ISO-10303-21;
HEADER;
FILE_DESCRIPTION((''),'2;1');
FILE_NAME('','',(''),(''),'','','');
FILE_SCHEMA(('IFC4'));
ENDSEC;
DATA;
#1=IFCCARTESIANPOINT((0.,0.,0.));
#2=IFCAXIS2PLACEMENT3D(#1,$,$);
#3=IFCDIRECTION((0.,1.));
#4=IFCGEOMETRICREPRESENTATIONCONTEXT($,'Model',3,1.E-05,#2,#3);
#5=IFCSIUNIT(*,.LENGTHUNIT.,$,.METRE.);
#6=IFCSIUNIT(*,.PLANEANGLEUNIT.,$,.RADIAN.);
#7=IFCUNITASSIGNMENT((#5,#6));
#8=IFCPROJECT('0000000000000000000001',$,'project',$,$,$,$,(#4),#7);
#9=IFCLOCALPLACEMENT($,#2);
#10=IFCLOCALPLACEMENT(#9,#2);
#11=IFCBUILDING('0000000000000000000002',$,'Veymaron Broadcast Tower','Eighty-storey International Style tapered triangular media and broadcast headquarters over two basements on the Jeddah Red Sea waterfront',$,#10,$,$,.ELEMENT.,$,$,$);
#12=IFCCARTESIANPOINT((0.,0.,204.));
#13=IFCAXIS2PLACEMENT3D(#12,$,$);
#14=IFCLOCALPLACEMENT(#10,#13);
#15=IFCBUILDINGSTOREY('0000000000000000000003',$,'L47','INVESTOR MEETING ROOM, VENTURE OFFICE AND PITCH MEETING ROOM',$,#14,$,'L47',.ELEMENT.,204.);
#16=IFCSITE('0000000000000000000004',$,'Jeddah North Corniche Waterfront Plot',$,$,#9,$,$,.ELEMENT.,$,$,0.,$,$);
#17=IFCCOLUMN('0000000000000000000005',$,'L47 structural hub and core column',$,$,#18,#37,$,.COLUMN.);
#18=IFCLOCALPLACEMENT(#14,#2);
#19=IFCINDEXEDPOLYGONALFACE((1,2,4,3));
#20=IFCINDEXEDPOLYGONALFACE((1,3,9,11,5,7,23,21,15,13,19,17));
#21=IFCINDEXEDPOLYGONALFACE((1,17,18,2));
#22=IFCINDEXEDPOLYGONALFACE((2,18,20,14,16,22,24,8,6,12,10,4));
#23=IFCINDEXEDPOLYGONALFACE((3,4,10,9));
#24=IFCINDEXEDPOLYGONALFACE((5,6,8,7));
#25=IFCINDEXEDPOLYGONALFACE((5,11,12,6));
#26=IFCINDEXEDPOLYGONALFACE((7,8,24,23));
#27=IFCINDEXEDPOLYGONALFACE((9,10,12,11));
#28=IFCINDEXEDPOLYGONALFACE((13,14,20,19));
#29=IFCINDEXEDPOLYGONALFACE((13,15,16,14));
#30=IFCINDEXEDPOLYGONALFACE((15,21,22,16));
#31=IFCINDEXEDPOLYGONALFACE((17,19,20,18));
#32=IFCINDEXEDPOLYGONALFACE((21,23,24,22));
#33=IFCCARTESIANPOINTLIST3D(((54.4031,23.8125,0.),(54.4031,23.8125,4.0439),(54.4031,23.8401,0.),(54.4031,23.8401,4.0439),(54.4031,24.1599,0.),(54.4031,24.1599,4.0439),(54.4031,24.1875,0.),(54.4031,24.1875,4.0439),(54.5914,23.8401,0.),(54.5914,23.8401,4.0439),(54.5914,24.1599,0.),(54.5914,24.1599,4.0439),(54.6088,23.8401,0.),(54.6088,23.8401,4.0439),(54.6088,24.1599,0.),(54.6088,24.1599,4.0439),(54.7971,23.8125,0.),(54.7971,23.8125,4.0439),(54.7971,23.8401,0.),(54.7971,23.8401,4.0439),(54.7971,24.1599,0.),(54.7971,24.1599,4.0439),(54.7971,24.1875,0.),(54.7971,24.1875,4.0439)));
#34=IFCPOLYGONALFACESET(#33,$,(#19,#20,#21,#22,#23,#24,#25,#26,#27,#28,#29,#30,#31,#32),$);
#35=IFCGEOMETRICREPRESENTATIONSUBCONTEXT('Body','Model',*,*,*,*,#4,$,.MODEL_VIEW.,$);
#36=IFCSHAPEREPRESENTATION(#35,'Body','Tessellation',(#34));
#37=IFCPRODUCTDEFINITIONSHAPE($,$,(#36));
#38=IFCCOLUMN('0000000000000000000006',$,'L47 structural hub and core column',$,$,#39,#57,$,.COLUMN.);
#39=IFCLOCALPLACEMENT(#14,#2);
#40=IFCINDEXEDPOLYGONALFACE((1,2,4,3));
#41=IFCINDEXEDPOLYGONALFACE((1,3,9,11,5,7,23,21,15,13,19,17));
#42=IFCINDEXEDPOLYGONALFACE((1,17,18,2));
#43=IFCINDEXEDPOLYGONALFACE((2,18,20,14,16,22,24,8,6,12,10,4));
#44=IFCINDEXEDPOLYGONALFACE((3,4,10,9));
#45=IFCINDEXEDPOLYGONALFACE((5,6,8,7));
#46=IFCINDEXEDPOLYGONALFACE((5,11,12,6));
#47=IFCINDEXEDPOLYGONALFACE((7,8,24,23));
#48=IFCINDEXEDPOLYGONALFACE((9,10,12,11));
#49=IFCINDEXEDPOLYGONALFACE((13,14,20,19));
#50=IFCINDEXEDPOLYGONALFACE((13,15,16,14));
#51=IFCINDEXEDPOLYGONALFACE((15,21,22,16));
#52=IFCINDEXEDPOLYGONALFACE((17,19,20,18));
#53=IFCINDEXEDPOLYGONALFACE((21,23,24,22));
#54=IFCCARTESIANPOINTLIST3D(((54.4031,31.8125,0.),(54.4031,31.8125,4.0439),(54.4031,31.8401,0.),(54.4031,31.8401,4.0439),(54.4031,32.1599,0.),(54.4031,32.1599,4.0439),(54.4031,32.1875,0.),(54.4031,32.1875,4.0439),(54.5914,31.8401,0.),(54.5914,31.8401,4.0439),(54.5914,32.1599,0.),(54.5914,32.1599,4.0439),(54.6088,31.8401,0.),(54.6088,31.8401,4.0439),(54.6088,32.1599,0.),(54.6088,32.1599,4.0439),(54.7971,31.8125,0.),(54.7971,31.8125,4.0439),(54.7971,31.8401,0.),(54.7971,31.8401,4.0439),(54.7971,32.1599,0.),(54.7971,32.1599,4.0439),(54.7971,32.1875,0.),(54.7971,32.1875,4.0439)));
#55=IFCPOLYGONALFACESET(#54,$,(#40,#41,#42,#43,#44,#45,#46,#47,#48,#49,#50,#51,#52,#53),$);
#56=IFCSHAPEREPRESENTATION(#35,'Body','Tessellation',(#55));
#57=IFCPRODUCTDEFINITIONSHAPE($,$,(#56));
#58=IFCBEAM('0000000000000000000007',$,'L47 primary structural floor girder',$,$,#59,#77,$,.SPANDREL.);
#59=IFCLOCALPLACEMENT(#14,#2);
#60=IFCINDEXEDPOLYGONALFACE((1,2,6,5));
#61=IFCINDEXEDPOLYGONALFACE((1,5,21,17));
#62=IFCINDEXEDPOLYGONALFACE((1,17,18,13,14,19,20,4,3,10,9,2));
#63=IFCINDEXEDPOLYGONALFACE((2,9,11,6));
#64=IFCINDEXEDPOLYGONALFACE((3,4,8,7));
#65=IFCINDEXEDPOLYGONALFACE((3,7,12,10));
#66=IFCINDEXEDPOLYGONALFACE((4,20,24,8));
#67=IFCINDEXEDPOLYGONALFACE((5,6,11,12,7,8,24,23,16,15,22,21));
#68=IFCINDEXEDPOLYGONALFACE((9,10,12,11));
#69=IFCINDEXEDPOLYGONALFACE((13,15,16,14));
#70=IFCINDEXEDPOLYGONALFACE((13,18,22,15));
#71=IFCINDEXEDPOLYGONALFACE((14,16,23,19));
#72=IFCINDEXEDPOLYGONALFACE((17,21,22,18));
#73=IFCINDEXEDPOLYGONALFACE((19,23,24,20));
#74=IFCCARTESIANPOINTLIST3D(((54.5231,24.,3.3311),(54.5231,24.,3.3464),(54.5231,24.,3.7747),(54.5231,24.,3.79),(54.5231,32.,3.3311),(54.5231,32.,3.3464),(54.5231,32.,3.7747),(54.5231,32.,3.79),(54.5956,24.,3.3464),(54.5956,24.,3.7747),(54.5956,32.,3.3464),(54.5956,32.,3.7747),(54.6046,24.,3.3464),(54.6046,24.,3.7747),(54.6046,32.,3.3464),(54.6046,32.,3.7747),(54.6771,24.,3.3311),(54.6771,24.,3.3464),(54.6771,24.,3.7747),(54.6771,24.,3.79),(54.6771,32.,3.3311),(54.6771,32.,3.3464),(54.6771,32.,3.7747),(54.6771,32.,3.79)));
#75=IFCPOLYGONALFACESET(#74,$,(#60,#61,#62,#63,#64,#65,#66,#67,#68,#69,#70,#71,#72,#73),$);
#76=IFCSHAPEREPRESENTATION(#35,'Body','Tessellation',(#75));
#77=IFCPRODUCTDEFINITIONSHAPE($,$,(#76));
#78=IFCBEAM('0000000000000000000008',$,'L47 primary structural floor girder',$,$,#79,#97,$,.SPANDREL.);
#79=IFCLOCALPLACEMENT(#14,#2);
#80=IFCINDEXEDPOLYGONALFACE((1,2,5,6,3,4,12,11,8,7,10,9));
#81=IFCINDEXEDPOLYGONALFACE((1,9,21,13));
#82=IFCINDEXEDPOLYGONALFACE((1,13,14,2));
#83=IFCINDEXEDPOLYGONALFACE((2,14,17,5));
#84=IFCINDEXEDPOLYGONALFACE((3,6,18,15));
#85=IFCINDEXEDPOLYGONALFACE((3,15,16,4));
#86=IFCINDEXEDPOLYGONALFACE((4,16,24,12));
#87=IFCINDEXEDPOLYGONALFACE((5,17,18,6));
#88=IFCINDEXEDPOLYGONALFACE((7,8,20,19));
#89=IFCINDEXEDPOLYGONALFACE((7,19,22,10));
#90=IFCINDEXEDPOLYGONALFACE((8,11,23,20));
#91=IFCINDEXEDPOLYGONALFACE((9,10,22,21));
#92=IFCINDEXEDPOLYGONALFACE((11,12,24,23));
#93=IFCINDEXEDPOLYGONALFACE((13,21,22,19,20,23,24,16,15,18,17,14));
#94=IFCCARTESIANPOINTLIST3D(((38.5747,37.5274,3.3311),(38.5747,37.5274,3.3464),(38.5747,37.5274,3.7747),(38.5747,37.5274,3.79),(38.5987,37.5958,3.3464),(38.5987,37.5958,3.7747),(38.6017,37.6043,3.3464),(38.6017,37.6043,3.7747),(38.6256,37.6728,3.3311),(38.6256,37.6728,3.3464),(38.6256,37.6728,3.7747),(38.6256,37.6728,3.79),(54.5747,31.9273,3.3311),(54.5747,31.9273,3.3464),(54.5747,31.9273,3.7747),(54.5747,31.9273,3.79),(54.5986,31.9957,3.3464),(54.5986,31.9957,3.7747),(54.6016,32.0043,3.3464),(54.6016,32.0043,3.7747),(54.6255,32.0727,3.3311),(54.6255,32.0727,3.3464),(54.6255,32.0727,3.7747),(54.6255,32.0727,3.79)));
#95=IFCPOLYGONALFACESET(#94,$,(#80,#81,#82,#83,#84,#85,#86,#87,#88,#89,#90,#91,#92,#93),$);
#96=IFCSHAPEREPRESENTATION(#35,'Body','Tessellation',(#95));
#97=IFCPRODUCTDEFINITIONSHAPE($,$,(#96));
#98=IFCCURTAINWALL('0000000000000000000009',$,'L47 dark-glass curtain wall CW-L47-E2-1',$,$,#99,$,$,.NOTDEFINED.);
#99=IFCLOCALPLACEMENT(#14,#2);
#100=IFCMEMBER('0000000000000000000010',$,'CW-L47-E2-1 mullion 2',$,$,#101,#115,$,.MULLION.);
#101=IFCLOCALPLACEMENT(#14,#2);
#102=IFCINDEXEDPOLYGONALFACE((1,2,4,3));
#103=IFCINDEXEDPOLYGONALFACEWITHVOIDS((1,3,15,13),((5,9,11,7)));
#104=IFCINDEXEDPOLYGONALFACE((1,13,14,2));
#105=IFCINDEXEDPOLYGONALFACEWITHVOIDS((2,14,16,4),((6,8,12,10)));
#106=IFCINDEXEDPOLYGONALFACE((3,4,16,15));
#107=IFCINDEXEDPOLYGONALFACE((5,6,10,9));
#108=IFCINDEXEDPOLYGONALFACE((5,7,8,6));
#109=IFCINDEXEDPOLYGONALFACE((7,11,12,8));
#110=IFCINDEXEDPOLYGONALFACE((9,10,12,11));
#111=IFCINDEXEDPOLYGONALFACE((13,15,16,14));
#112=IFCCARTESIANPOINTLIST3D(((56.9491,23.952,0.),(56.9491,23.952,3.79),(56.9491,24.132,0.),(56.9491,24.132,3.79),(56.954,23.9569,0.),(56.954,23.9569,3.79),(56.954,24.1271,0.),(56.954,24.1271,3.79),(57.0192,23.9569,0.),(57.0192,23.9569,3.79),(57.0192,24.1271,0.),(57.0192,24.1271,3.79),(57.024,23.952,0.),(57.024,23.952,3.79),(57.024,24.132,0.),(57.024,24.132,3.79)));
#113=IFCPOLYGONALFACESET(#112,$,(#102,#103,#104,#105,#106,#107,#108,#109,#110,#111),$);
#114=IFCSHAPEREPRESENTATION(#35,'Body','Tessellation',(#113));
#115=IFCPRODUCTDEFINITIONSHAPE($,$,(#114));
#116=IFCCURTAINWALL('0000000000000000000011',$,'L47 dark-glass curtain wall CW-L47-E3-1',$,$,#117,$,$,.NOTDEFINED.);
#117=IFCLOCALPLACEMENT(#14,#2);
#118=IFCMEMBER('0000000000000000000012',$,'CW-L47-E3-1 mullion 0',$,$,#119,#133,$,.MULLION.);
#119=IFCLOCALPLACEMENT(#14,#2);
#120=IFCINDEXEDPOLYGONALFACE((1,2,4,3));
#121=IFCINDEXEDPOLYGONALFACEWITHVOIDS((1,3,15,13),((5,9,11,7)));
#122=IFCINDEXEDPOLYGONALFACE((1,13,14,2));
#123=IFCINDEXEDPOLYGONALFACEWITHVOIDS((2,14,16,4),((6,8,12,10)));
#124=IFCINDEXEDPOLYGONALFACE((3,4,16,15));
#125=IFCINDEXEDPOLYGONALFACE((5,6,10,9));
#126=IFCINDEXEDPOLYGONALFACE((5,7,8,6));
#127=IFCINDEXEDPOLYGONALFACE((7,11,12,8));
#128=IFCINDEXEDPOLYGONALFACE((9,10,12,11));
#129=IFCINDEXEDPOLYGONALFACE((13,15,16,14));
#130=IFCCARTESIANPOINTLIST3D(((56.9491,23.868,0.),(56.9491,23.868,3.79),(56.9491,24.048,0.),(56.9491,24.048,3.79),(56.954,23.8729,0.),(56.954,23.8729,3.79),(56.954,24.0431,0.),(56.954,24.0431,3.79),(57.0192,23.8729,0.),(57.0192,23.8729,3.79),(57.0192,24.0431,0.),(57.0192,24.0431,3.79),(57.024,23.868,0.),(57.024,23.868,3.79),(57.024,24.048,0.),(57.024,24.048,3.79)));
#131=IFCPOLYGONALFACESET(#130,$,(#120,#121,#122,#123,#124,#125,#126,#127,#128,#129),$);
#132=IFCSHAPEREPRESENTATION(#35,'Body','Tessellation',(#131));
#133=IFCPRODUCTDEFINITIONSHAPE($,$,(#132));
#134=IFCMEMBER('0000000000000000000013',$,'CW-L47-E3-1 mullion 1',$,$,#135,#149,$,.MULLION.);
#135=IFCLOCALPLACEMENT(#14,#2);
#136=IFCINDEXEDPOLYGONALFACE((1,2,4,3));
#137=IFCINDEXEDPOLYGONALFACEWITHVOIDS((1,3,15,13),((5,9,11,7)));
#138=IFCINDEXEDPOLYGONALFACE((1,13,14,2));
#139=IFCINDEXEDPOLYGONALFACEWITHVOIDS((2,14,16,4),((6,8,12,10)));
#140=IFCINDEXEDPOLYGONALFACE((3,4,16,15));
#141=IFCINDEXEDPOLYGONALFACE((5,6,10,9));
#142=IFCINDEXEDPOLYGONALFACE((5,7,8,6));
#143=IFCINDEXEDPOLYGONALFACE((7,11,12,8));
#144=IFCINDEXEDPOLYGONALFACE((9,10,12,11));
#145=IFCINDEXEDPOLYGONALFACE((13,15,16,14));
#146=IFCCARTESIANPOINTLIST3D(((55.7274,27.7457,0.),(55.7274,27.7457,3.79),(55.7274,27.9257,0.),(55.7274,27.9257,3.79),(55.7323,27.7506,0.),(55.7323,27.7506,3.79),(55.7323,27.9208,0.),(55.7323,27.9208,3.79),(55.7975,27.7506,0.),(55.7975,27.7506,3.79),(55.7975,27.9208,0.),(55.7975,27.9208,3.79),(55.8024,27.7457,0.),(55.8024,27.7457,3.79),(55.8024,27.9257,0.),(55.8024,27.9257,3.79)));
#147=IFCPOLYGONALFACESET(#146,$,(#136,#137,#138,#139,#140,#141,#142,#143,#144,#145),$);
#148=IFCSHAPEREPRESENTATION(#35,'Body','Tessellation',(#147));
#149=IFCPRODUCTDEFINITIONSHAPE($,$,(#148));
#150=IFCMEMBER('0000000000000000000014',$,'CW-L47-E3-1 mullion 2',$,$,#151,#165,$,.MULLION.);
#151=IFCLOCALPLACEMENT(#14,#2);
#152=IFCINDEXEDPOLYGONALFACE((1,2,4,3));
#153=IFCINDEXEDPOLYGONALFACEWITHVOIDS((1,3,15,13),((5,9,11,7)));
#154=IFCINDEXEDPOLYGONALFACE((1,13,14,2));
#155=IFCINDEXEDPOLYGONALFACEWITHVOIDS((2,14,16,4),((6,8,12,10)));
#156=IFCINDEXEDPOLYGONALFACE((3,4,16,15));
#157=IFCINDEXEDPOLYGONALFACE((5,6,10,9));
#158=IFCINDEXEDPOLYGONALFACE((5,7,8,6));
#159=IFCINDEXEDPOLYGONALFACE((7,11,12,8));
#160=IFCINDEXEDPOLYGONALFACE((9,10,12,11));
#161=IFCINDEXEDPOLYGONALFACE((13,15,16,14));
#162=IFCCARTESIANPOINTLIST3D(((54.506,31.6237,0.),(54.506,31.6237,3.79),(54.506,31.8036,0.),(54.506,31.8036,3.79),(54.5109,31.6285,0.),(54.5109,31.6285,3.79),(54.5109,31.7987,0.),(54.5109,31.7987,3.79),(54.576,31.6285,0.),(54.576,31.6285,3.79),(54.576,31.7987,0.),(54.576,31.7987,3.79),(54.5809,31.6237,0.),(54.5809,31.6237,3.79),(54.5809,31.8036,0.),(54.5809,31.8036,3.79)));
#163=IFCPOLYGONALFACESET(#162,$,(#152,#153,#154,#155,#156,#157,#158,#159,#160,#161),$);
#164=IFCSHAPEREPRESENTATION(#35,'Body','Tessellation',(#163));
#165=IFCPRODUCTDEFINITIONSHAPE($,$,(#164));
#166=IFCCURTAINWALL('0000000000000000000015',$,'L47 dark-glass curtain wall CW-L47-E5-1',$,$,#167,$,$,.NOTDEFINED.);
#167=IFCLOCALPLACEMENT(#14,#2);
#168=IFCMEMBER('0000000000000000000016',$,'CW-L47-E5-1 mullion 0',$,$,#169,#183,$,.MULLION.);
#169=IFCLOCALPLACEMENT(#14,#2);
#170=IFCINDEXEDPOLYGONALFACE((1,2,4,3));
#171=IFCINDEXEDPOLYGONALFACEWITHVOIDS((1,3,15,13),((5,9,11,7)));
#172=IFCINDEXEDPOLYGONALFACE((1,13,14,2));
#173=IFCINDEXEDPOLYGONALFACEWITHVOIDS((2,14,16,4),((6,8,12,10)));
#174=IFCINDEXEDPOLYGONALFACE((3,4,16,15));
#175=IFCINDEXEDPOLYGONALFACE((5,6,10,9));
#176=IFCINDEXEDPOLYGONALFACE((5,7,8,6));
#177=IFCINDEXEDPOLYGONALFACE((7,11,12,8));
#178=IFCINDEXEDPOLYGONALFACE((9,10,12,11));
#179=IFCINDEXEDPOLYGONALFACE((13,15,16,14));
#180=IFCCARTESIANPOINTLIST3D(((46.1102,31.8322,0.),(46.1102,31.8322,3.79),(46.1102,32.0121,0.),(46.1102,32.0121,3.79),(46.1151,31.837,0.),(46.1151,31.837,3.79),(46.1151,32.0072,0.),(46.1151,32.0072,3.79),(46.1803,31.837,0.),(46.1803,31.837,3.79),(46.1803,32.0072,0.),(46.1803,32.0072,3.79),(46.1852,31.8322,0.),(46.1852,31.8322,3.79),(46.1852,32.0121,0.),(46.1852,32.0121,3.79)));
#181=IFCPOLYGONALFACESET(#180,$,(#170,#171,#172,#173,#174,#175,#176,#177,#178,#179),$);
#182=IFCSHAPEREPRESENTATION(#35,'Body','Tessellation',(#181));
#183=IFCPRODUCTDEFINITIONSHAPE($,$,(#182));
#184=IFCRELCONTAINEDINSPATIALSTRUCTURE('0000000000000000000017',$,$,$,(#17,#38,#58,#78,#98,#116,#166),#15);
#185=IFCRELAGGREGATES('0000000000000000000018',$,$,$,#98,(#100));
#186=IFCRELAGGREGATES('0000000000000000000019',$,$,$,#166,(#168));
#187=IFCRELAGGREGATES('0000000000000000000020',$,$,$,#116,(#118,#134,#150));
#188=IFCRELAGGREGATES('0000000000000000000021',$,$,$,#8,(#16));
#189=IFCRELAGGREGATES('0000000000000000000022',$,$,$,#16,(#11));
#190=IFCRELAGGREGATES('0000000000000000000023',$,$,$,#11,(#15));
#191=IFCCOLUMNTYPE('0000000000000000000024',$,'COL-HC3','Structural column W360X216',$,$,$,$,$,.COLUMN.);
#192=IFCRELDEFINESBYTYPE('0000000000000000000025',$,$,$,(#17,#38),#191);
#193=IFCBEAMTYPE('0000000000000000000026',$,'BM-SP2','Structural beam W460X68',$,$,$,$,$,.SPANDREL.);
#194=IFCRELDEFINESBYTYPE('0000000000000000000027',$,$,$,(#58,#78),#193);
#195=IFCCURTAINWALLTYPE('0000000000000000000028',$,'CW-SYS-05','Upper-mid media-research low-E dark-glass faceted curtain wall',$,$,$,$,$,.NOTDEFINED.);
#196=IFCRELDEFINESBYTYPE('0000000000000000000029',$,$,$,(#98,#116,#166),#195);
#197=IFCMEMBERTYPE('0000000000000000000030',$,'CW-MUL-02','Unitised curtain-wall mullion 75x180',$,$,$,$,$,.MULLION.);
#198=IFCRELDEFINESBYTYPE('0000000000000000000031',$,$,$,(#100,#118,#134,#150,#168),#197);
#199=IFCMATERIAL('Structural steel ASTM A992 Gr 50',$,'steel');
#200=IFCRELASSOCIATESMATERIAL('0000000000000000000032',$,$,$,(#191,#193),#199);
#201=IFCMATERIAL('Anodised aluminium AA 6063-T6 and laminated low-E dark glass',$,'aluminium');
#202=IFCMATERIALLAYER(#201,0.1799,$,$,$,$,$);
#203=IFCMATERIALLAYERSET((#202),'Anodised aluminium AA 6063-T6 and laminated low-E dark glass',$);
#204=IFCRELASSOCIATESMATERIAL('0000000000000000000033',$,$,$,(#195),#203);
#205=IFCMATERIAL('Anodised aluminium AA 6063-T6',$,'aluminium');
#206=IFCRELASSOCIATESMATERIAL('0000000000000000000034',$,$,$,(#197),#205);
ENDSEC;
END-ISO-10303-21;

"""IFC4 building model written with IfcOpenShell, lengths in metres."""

from ifc_helpers import new_model, si_unit, direction, frame, origin, origin_2d, place, context, subcontext, project, spatial, hollow_rectangle, i_section, extrude, material, layer, layer_set, material_profile, profile_set, type_object, element, aggregate, save


model = new_model("IFC4")

# Units and contexts
model_context = context("Model", 3, precision=1e-05, world=origin(), true_north=direction((0.0, 1.0)))
body_context = subcontext(model_context, "Body", "Model", "MODEL_VIEW")
ifc_project = project(units=[si_unit("LENGTHUNIT", "METRE"), si_unit("PLANEANGLEUNIT", "RADIAN")], contexts=[model_context])

# Site, building, storey
site_placement = place(None, origin())
site = spatial("IfcSite", under=ifc_project, at=site_placement, Name="Jeddah North Corniche Waterfront Plot", CompositionType="ELEMENT", RefElevation=0.0)
building_placement = place(site_placement, origin())
building = spatial("IfcBuilding", under=site, at=building_placement, Name="Veymaron Broadcast Tower", Description="Eighty-storey International Style tapered triangular media and broadcast headquarters over two basements on the Jeddah Red Sea waterfront", CompositionType="ELEMENT")
storey_placement = place(building_placement, frame((0.0, 0.0, 204.0)))
storey = spatial("IfcBuildingStorey", under=building, at=storey_placement, Name="L47", Description="INVESTOR MEETING ROOM, VENTURE OFFICE AND PITCH MEETING ROOM", LongName="L47", CompositionType="ELEMENT", Elevation=204.0)

# Columns
ifc_material_1 = material(Name="Structural steel ASTM A992 Gr 50", Category="steel")
ifc_material_profile_1 = material_profile(ifc_material_1, i_section(OverallWidth=0.394, OverallDepth=0.375, WebThickness=0.0173, FlangeThickness=0.0276, at=origin_2d()), Name="W360X216")
ifc_profile_set_1 = profile_set([ifc_material_profile_1], Name="Structural steel ASTM A992 Gr 50")
column_type = type_object("IfcColumnType", Name="COL-HC3", Description="Structural column W360X216", PredefinedType="COLUMN", material=ifc_profile_set_1)
for number, where, z_axis, x_axis, name in (
    (1, (54.6001, 24.0, 0.0), (0.0, 0.0, 1.0), (1.0, 0.0, 0.0), "L47 structural hub and core column"),
    (2, (54.6001, 32.0, 0.0), (0.0, 0.0, 1.0), (1.0, 0.0, 0.0), "L47 structural hub and core column"),
):
    element("IfcColumn", number, at=place(storey_placement, frame(where, z_axis=z_axis, x_axis=x_axis)), inside=storey, type_object=column_type, Name=name, PredefinedType="COLUMN", context=body_context, shape_type="SweptSolid", body=[
        extrude(i_section(OverallWidth=0.394, OverallDepth=0.375, WebThickness=0.0173, FlangeThickness=0.0276, at=origin_2d()), origin(), (0.0, 0.0, 1.0), 4.0439),
    ])

# Beams
ifc_material_profile_2 = material_profile(ifc_material_1, i_section(OverallWidth=0.1541, OverallDepth=0.459, WebThickness=0.009, FlangeThickness=0.0154, at=origin_2d()), Name="W460X68")
ifc_profile_set_2 = profile_set([ifc_material_profile_2], Name="Structural steel ASTM A992 Gr 50")
beam_type = type_object("IfcBeamType", Name="BM-SP2", Description="Structural beam W460X68", PredefinedType="SPANDREL", material=ifc_profile_set_2)
beam_1_placement = place(storey_placement, frame((54.6001, 24.0, 3.5605), z_axis=(0.0, 1.0, 0.0), x_axis=(-1.0, 0.0, 0.0)))
element("IfcBeam", 3, at=beam_1_placement, inside=storey, type_object=beam_type, Name="L47 primary structural floor girder", PredefinedType="SPANDREL", context=body_context, shape_type="SweptSolid", body=[
    extrude(i_section(OverallWidth=0.1541, OverallDepth=0.459, WebThickness=0.009, FlangeThickness=0.0154, at=origin_2d()), origin(), (0.0, 0.0, 1.0), 8.0),
])
beam_2_placement = place(storey_placement, frame((54.6001, 32.0, 3.5605), z_axis=(-0.943857, 0.330356, 0.0), x_axis=(-0.330356, -0.943857, 0.0)))
element("IfcBeam", 4, at=beam_2_placement, inside=storey, type_object=beam_type, Name="L47 primary structural floor girder", PredefinedType="SPANDREL", context=body_context, shape_type="SweptSolid", body=[
    extrude(i_section(OverallWidth=0.1541, OverallDepth=0.459, WebThickness=0.009, FlangeThickness=0.0154, at=origin_2d()), origin(), (0.0, 0.0, 1.0), 16.9517),
])

# Curtain wall, member
ifc_material_2 = material(Name="Anodised aluminium AA 6063-T6 and laminated low-E dark glass", Category="aluminium")
ifc_layer_1 = layer(ifc_material_2, 0.1799)
ifc_layer_set_1 = layer_set([ifc_layer_1], Name="Anodised aluminium AA 6063-T6 and laminated low-E dark glass")
curtain_wall_type = type_object("IfcCurtainWallType", Name="CW-SYS-05", Description="Upper-mid media-research low-E dark-glass faceted curtain wall", PredefinedType="NOTDEFINED", material=ifc_layer_set_1)
curtain_wall_1_placement = place(storey_placement, origin())
curtain_wall_1 = element("IfcCurtainWall", 5, at=curtain_wall_1_placement, inside=storey, type_object=curtain_wall_type, Name="L47 dark-glass curtain wall CW-L47-E2-1", PredefinedType="NOTDEFINED")
ifc_material_3 = material(Name="Anodised aluminium AA 6063-T6", Category="aluminium")
ifc_material_profile_3 = material_profile(ifc_material_3, hollow_rectangle(XDim=0.075, YDim=0.1799, WallThickness=0.0049, at=origin_2d()), Name="AL180X75X5")
ifc_profile_set_3 = profile_set([ifc_material_profile_3], Name="Anodised aluminium AA 6063-T6")
member_type_1 = type_object("IfcMemberType", Name="CW-MUL-02", Description="Unitised curtain-wall mullion 75x180", PredefinedType="MULLION", material=ifc_profile_set_3)
member_1_placement = place(storey_placement, frame((56.9866, 24.042, 0.0), z_axis=(0.0, 0.0, 1.0), x_axis=(1.0, 0.0, 0.0)))
member_1 = element("IfcMember", 6, at=member_1_placement, type_object=member_type_1, Name="CW-L47-E2-1 mullion 2", PredefinedType="MULLION", context=body_context, shape_type="SweptSolid", body=[
    extrude(hollow_rectangle(XDim=0.075, YDim=0.1799, WallThickness=0.0049, at=origin_2d()), origin(), (0.0, 0.0, 1.0), 3.79),
])
aggregate(curtain_wall_1, [member_1])

# Curtain wall, members
curtain_wall_2_placement = place(storey_placement, origin())
curtain_wall_2 = element("IfcCurtainWall", 7, at=curtain_wall_2_placement, inside=storey, type_object=curtain_wall_type, Name="L47 dark-glass curtain wall CW-L47-E3-1", PredefinedType="NOTDEFINED")
member_2_placement = place(storey_placement, frame((56.9866, 23.958, 0.0), z_axis=(0.0, 0.0, 1.0), x_axis=(1.0, 0.0, 0.0)))
member_2 = element("IfcMember", 8, at=member_2_placement, type_object=member_type_1, Name="CW-L47-E3-1 mullion 0", PredefinedType="MULLION", context=body_context, shape_type="SweptSolid", body=[
    extrude(hollow_rectangle(XDim=0.075, YDim=0.1799, WallThickness=0.0049, at=origin_2d()), origin(), (0.0, 0.0, 1.0), 3.79),
])
member_3_placement = place(storey_placement, frame((55.7649, 27.8357, 0.0), z_axis=(0.0, 0.0, 1.0), x_axis=(1.0, 0.0, 0.0)))
member_3 = element("IfcMember", 9, at=member_3_placement, type_object=member_type_1, Name="CW-L47-E3-1 mullion 1", PredefinedType="MULLION", context=body_context, shape_type="SweptSolid", body=[
    extrude(hollow_rectangle(XDim=0.075, YDim=0.1799, WallThickness=0.0049, at=origin_2d()), origin(), (0.0, 0.0, 1.0), 3.79),
])
member_4_placement = place(storey_placement, frame((54.5435, 31.7136, 0.0), z_axis=(0.0, 0.0, 1.0), x_axis=(1.0, 0.0, 0.0)))
member_4 = element("IfcMember", 10, at=member_4_placement, type_object=member_type_1, Name="CW-L47-E3-1 mullion 2", PredefinedType="MULLION", context=body_context, shape_type="SweptSolid", body=[
    extrude(hollow_rectangle(XDim=0.075, YDim=0.1799, WallThickness=0.0049, at=origin_2d()), origin(), (0.0, 0.0, 1.0), 3.79),
])

# Curtain wall, member
curtain_wall_3_placement = place(storey_placement, origin())
curtain_wall_3 = element("IfcCurtainWall", 11, at=curtain_wall_3_placement, inside=storey, type_object=curtain_wall_type, Name="L47 dark-glass curtain wall CW-L47-E5-1", PredefinedType="NOTDEFINED")
member_5_placement = place(storey_placement, frame((46.1477, 31.9221, 0.0), z_axis=(0.0, 0.0, 1.0), x_axis=(1.0, 0.0, 0.0)))
member_5 = element("IfcMember", 12, at=member_5_placement, type_object=member_type_1, Name="CW-L47-E5-1 mullion 0", PredefinedType="MULLION", context=body_context, shape_type="SweptSolid", body=[
    extrude(hollow_rectangle(XDim=0.075, YDim=0.1799, WallThickness=0.0049, at=origin_2d()), origin(), (0.0, 0.0, 1.0), 3.79),
])

aggregate(curtain_wall_3, [member_5])

aggregate(curtain_wall_2, [member_2, member_3, member_4])

save(model, "model.ifc")
